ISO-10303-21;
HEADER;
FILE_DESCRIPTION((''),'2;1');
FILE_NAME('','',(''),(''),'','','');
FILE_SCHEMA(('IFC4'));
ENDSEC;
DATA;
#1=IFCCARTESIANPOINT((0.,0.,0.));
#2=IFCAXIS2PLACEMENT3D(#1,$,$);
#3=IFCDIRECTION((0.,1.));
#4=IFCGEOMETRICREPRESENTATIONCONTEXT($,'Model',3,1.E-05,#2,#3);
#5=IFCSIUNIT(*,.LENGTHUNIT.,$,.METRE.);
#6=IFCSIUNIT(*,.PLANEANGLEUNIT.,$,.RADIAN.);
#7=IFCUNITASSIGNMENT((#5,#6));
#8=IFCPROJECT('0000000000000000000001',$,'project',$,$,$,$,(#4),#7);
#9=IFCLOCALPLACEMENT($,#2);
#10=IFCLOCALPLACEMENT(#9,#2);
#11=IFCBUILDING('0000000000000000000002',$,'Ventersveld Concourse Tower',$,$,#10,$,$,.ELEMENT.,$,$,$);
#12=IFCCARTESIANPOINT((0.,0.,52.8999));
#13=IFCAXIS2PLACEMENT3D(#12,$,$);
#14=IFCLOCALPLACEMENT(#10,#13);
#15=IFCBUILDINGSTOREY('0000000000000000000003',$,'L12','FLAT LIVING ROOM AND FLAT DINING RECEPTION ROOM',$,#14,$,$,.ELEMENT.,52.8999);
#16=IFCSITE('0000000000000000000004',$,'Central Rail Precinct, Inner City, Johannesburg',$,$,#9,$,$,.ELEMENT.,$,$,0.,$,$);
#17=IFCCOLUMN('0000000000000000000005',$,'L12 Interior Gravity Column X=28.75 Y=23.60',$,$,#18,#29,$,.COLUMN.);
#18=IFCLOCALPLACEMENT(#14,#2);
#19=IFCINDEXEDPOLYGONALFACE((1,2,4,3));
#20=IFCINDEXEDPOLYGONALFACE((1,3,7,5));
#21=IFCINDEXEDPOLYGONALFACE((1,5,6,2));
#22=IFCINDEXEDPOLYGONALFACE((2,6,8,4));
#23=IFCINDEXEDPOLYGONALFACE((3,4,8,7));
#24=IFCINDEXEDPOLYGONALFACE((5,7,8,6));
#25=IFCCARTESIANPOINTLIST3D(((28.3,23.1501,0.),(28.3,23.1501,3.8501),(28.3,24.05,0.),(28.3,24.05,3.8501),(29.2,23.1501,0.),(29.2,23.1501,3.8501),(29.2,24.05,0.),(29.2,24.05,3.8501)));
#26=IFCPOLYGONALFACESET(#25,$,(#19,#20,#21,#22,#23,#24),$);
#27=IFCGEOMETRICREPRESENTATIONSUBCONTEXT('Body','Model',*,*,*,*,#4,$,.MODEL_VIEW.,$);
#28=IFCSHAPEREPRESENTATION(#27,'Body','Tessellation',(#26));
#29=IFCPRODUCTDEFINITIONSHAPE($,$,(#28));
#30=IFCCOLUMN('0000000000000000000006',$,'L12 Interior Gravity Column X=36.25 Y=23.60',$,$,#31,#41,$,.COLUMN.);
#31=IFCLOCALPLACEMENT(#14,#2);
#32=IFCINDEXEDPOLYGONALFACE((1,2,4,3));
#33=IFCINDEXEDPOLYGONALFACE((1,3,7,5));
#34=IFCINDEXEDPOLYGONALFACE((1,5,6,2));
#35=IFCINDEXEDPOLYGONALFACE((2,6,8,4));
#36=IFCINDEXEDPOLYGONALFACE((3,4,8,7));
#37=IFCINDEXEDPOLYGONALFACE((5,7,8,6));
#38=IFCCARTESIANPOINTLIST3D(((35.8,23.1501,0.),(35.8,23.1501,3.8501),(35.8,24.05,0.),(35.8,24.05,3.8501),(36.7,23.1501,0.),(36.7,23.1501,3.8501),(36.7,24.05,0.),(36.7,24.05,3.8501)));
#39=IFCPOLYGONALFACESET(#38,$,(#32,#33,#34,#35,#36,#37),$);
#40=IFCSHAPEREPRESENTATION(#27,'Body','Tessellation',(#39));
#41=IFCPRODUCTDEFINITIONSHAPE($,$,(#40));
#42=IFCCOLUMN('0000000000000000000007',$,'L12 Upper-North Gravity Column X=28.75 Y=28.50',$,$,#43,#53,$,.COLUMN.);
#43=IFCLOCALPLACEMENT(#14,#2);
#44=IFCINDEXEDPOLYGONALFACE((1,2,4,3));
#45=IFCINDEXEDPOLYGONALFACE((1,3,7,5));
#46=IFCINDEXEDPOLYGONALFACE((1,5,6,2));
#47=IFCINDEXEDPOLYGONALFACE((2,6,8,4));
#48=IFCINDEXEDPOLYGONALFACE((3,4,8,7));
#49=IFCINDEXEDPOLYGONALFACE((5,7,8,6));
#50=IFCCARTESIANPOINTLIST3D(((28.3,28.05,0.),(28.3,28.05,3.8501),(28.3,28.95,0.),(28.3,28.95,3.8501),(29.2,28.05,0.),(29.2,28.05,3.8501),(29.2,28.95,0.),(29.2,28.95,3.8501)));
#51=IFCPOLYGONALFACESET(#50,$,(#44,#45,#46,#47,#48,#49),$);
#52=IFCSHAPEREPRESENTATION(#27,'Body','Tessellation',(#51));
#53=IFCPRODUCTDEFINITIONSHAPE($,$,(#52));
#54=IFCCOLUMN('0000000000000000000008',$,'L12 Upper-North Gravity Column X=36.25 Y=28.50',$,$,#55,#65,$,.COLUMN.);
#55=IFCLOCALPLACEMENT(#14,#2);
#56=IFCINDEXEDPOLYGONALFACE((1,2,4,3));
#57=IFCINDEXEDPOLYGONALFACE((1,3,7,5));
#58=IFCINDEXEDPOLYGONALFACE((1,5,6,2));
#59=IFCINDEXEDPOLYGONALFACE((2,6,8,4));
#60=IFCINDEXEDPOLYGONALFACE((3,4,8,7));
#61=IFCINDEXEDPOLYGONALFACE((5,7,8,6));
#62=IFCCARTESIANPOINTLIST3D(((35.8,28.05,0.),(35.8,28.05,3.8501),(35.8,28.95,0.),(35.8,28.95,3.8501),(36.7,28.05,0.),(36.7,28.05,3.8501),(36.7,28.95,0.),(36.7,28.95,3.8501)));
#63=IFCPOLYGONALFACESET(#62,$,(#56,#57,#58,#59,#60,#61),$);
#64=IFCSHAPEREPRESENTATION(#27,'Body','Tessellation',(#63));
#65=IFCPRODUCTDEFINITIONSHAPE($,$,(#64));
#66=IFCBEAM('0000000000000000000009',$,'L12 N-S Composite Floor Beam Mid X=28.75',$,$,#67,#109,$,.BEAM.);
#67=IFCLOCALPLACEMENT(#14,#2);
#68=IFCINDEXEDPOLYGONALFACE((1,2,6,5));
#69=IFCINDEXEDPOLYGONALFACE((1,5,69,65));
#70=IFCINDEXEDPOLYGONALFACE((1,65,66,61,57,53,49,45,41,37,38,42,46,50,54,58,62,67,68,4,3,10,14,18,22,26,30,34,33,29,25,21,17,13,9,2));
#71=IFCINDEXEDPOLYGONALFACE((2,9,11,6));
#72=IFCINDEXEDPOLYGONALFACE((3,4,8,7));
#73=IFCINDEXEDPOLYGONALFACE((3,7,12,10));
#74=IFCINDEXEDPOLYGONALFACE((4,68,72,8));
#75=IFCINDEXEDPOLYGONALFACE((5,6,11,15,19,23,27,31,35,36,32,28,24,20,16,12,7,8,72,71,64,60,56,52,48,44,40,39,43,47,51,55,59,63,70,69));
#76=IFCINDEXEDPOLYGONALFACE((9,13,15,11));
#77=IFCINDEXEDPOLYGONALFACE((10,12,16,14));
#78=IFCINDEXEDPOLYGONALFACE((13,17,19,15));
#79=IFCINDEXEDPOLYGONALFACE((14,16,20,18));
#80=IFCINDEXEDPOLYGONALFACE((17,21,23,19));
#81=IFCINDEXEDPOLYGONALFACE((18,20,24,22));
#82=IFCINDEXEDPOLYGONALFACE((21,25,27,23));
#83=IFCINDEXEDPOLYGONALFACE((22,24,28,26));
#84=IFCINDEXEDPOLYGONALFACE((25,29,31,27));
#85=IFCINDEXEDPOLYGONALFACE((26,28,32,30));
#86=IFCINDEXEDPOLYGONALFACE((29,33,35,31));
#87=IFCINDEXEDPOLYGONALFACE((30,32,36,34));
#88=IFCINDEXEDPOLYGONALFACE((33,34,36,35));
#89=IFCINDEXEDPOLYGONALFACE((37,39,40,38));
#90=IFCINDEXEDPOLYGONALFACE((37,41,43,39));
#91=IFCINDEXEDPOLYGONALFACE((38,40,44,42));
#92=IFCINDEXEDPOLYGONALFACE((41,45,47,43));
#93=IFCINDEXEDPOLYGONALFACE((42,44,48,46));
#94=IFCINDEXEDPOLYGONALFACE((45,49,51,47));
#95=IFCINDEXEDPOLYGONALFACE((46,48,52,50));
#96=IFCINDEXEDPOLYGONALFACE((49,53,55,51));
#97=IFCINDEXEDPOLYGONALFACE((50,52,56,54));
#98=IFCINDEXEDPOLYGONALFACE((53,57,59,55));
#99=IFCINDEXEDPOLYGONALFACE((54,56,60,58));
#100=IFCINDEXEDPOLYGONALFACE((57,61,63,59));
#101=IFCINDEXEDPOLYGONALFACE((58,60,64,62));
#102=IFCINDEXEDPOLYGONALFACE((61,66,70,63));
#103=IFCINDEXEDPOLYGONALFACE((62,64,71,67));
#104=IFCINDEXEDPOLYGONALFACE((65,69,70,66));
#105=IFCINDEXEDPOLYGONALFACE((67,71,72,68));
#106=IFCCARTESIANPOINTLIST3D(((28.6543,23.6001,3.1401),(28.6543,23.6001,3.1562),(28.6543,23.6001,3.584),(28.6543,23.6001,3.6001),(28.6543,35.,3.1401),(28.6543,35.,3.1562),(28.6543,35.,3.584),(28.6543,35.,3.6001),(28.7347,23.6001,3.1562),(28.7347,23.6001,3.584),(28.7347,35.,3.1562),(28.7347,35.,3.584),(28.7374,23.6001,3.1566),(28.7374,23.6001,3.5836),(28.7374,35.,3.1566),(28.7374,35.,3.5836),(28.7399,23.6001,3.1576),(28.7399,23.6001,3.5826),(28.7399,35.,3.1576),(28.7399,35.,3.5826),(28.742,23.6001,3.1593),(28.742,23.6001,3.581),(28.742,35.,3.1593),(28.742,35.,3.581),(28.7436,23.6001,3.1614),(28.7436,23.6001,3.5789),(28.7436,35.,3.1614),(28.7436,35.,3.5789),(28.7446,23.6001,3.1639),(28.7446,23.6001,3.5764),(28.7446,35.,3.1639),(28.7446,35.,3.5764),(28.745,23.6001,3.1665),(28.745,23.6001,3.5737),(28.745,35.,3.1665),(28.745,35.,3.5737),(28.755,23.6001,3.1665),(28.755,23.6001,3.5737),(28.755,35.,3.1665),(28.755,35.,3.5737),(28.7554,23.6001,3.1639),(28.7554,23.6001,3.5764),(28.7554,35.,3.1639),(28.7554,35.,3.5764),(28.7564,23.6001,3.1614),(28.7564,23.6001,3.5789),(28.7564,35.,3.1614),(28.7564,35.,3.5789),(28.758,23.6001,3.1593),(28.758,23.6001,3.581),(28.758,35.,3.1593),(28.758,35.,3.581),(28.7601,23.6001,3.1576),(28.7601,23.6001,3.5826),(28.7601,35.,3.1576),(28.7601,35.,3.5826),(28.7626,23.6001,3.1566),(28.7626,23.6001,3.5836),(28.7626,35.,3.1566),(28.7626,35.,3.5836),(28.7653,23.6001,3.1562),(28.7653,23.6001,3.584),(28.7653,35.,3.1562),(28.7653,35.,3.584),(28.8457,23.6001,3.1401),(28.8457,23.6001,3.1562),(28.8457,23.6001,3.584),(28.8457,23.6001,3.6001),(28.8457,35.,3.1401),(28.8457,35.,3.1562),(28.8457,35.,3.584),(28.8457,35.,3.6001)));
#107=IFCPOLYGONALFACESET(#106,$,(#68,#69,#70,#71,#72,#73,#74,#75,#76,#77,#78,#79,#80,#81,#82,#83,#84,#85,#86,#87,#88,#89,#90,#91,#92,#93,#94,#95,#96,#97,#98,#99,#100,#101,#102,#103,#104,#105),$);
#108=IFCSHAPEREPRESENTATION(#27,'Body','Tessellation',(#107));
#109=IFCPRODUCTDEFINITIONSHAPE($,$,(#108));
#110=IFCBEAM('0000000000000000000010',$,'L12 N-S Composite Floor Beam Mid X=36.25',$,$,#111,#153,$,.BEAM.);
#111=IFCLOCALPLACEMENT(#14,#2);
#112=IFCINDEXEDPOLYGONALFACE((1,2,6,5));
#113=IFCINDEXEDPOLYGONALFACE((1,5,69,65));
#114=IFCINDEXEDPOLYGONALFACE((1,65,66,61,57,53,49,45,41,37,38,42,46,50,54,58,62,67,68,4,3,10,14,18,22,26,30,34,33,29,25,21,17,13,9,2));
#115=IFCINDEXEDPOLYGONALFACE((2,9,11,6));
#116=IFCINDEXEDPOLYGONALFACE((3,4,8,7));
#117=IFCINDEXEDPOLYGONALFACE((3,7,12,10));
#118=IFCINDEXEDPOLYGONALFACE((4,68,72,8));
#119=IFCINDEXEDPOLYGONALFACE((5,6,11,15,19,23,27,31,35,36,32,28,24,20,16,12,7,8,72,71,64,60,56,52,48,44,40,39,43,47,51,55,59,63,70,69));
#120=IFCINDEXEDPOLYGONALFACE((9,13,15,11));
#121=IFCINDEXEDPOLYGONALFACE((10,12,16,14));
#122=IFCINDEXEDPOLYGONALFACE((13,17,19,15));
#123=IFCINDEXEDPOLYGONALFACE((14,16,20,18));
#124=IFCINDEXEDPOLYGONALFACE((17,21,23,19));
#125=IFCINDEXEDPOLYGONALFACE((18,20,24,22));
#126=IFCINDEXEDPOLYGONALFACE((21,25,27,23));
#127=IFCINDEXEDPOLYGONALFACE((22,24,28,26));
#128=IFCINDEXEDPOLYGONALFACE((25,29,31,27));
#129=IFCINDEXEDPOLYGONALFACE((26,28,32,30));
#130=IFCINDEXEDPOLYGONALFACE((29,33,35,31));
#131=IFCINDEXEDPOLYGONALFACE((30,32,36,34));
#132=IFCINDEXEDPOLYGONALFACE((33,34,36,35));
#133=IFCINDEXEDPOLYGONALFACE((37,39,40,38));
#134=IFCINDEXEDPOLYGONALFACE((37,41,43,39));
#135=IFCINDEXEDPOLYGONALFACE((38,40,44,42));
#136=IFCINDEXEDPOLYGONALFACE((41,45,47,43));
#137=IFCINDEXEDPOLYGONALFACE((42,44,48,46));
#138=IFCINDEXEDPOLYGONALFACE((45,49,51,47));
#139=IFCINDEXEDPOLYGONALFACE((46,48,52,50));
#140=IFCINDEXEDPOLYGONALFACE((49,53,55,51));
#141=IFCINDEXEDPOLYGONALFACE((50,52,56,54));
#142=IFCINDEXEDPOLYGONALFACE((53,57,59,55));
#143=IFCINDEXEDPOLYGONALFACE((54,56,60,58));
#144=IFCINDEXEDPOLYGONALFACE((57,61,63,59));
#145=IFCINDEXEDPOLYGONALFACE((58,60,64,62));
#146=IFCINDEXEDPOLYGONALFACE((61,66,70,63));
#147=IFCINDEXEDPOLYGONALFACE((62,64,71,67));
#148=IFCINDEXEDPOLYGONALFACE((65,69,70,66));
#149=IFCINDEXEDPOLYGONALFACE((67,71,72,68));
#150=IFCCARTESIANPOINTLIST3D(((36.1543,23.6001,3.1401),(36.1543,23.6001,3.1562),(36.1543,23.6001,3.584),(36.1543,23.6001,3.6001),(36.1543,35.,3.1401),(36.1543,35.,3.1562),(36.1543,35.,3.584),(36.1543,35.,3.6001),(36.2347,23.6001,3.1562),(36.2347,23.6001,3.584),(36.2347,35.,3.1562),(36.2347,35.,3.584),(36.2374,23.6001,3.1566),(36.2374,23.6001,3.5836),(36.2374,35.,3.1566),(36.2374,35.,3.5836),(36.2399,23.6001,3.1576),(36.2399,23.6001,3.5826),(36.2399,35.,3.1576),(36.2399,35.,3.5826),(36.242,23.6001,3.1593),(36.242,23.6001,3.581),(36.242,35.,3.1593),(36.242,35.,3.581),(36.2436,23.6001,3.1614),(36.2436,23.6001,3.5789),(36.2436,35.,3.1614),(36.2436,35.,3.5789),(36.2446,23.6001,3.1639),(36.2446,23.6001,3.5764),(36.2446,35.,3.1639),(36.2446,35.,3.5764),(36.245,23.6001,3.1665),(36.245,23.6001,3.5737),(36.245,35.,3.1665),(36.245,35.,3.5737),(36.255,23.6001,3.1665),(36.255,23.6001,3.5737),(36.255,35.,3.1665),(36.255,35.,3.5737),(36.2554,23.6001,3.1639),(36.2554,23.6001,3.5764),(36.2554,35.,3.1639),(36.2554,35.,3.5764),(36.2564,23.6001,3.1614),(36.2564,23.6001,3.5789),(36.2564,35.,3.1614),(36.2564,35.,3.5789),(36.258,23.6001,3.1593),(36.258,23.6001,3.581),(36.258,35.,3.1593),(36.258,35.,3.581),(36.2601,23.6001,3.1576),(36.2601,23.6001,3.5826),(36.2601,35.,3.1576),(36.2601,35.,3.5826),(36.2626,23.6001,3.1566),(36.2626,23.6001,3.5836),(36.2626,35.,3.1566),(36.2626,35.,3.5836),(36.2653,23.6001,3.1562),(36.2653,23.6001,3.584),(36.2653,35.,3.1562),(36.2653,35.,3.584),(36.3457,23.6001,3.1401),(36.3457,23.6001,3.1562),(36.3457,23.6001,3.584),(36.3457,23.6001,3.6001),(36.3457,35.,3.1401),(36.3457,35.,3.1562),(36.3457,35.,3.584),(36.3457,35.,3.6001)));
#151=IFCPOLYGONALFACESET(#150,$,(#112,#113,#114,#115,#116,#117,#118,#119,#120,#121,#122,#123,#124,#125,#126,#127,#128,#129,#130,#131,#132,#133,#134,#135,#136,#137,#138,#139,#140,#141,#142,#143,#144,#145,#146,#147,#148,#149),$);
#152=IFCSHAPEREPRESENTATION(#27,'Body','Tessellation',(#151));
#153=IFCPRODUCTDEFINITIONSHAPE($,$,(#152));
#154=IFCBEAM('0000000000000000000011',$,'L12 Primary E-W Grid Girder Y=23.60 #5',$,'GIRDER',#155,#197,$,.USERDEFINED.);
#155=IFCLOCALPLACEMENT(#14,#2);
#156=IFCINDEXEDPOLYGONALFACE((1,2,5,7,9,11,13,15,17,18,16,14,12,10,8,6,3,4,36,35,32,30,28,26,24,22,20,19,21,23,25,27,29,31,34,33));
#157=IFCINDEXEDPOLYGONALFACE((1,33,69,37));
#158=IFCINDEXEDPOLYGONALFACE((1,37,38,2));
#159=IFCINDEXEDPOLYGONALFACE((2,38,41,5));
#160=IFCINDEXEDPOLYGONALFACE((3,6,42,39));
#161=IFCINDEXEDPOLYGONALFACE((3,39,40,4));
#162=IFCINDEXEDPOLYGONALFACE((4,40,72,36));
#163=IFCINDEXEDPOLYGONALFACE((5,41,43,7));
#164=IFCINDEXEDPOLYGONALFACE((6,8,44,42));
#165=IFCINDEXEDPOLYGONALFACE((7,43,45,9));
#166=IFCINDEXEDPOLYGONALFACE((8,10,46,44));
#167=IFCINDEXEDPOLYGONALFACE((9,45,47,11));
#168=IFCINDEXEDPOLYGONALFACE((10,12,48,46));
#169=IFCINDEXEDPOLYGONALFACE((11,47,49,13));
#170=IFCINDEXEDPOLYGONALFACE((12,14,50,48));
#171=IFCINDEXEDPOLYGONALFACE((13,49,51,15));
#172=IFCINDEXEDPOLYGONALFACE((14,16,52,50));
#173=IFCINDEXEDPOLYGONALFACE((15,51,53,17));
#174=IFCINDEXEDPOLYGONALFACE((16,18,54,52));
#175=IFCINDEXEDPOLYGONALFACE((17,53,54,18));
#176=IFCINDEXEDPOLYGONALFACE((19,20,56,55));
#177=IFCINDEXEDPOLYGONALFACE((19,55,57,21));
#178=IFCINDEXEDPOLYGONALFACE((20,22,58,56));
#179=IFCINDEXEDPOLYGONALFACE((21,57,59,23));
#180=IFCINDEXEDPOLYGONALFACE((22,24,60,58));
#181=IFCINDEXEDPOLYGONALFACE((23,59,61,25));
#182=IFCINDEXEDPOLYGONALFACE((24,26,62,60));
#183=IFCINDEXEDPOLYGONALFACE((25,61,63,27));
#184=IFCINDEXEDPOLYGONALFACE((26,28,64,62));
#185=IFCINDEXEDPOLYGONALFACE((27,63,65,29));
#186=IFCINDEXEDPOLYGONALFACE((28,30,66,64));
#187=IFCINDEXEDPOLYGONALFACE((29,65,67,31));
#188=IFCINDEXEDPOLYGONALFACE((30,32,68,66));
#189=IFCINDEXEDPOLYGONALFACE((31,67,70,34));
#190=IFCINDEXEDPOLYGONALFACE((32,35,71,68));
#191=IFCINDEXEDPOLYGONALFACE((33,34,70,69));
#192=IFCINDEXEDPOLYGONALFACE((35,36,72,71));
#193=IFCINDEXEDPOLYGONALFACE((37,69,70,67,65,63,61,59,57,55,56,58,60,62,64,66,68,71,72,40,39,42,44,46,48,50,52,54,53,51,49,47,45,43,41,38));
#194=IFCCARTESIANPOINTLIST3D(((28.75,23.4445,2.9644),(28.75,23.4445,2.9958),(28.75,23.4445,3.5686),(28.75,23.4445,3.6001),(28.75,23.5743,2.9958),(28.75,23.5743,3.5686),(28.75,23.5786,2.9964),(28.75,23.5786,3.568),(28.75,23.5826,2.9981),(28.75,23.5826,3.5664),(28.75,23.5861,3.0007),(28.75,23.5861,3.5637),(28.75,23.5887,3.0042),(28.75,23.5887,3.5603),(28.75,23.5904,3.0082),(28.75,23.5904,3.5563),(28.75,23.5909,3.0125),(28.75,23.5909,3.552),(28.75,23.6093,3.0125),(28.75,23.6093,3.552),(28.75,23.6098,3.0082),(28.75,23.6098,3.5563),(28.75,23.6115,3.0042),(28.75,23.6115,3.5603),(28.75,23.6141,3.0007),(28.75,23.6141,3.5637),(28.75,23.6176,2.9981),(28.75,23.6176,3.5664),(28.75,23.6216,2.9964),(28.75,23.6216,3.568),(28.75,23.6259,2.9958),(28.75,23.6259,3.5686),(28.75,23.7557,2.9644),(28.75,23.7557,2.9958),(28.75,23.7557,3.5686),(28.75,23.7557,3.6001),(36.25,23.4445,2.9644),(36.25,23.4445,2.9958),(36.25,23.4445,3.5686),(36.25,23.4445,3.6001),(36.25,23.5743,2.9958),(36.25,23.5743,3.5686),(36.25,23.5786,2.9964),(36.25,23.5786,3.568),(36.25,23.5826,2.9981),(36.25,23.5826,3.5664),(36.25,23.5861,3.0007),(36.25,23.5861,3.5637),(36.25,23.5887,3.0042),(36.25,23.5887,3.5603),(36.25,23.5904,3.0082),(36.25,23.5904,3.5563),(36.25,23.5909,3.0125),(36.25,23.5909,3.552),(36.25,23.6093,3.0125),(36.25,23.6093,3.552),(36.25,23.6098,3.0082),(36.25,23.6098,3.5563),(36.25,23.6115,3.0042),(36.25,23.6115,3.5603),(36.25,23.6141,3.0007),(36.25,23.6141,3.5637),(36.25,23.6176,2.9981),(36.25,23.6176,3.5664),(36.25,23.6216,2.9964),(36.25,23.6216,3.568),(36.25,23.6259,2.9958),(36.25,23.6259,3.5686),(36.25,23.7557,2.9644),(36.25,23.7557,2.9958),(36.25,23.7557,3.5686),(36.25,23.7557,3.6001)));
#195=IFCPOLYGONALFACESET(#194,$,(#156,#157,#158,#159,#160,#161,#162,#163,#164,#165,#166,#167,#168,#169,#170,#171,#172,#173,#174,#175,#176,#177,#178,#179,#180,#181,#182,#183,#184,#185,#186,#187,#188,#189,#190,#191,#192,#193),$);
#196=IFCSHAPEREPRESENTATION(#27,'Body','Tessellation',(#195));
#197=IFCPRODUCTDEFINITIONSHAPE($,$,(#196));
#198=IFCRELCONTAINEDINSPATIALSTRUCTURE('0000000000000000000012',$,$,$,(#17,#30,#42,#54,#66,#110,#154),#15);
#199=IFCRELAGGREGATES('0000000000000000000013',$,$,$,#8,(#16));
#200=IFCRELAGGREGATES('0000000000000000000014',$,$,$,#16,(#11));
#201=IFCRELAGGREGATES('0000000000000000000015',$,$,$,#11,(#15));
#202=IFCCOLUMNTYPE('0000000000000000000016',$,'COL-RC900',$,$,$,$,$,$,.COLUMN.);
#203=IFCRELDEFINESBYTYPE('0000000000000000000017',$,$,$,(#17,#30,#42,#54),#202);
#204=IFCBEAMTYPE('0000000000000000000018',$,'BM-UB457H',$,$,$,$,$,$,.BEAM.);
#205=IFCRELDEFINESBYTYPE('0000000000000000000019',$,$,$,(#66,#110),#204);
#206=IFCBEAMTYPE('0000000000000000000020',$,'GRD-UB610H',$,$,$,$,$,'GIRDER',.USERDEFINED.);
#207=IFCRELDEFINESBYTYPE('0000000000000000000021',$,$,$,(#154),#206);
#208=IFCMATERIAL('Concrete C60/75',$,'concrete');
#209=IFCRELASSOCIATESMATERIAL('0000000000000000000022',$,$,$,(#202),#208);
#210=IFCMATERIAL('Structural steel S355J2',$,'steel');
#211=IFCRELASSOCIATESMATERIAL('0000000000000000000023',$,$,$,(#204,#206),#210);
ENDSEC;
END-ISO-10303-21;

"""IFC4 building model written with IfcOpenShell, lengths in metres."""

from ifc_helpers import new_model, si_unit, direction, frame, origin, origin_2d, place, context, subcontext, project, spatial, rectangle, i_section, extrude, material, material_profile, profile_set, type_object, element, save


model = new_model("IFC4")

# Units and contexts
model_context = context("Model", 3, precision=1e-05, world=origin(), true_north=direction((0.0, 1.0)))
body_context = subcontext(model_context, "Body", "Model", "MODEL_VIEW")
ifc_project = project(units=[si_unit("LENGTHUNIT", "METRE"), si_unit("PLANEANGLEUNIT", "RADIAN")], contexts=[model_context])

# Site, building, storey
site_placement = place(None, origin())
site = spatial("IfcSite", under=ifc_project, at=site_placement, Name="Central Rail Precinct, Inner City, Johannesburg", CompositionType="ELEMENT", RefElevation=0.0)
building_placement = place(site_placement, origin())
building = spatial("IfcBuilding", under=site, at=building_placement, Name="Ventersveld Concourse Tower", CompositionType="ELEMENT")
storey_placement = place(building_placement, frame((0.0, 0.0, 52.8999)))
storey = spatial("IfcBuildingStorey", under=building, at=storey_placement, Name="L12", Description="FLAT LIVING ROOM AND FLAT DINING RECEPTION ROOM", CompositionType="ELEMENT", Elevation=52.8999)

# Columns
ifc_material_1 = material(Name="Concrete C60/75", Category="concrete")
ifc_material_profile_1 = material_profile(ifc_material_1, rectangle(XDim=0.8999, YDim=0.8999, at=origin_2d()), Name="RC 900x900")
ifc_profile_set_1 = profile_set([ifc_material_profile_1], Name="Concrete C60/75")
column_type = type_object("IfcColumnType", Name="COL-RC900", PredefinedType="COLUMN", material=ifc_profile_set_1)
for number, where, z_axis, x_axis, name in (
    (1, (28.75, 23.6001, 0.0), (0.0, 0.0, 1.0), (1.0, 0.0, 0.0), "L12 Interior Gravity Column X=28.75 Y=23.60"),
    (2, (36.25, 23.6001, 0.0), (0.0, 0.0, 1.0), (1.0, 0.0, 0.0), "L12 Interior Gravity Column X=36.25 Y=23.60"),
    (3, (28.75, 28.5, 0.0), (0.0, 0.0, 1.0), (1.0, 0.0, 0.0), "L12 Upper-North Gravity Column X=28.75 Y=28.50"),
    (4, (36.25, 28.5, 0.0), (0.0, 0.0, 1.0), (1.0, 0.0, 0.0), "L12 Upper-North Gravity Column X=36.25 Y=28.50"),
):
    element("IfcColumn", number, at=place(storey_placement, frame(where, z_axis=z_axis, x_axis=x_axis)), inside=storey, type_object=column_type, Name=name, PredefinedType="COLUMN", context=body_context, shape_type="SweptSolid", body=[
        extrude(rectangle(XDim=0.8999, YDim=0.8999, at=origin_2d()), origin(), (0.0, 0.0, 1.0), 3.8501),
    ])

# Beams
ifc_material_2 = material(Name="Structural steel S355J2", Category="steel")
ifc_material_profile_2 = material_profile(ifc_material_2, i_section(OverallWidth=0.1914, OverallDepth=0.46, WebThickness=0.01, FlangeThickness=0.0161, FilletRadius=0.0103, at=origin_2d()), Name="UB 457x191x82")
ifc_profile_set_2 = profile_set([ifc_material_profile_2], Name="Structural steel S355J2")
beam_type_1 = type_object("IfcBeamType", Name="BM-UB457H", PredefinedType="BEAM", material=ifc_profile_set_2)
for number, where, z_axis, x_axis, name in (
    (5, (28.75, 23.6001, 3.3701), (0.0, 1.0, 0.0), (-1.0, 0.0, 0.0), "L12 N-S Composite Floor Beam Mid X=28.75"),
    (6, (36.25, 23.6001, 3.3701), (0.0, 1.0, 0.0), (-1.0, 0.0, 0.0), "L12 N-S Composite Floor Beam Mid X=36.25"),
):
    element("IfcBeam", number, at=place(storey_placement, frame(where, z_axis=z_axis, x_axis=x_axis)), inside=storey, type_object=beam_type_1, Name=name, PredefinedType="BEAM", context=body_context, shape_type="SweptSolid", body=[
        extrude(i_section(OverallWidth=0.1914, OverallDepth=0.46, WebThickness=0.01, FlangeThickness=0.0161, FilletRadius=0.0103, at=origin_2d()), origin(), (0.0, 0.0, 1.0), 11.3999),
    ])
ifc_material_profile_3 = material_profile(ifc_material_2, i_section(OverallWidth=0.3113, OverallDepth=0.6357, WebThickness=0.0183, FlangeThickness=0.0315, FilletRadius=0.0166, at=origin_2d()), Name="UB 610x305x238")
ifc_profile_set_3 = profile_set([ifc_material_profile_3], Name="Structural steel S355J2")
beam_type_2 = type_object("IfcBeamType", Name="GRD-UB610H", ElementType="GIRDER", PredefinedType="USERDEFINED", material=ifc_profile_set_3)
for number, where, z_axis, x_axis, name in (
    (7, (28.75, 23.6001, 3.2822), (1.0, 0.0, 0.0), (0.0, 1.0, 0.0), "L12 Primary E-W Grid Girder Y=23.60 #5"),
):
    element("IfcBeam", number, at=place(storey_placement, frame(where, z_axis=z_axis, x_axis=x_axis)), inside=storey, type_object=beam_type_2, Name=name, ObjectType="GIRDER", PredefinedType="USERDEFINED", context=body_context, shape_type="SweptSolid", body=[
        extrude(i_section(OverallWidth=0.3113, OverallDepth=0.6357, WebThickness=0.0183, FlangeThickness=0.0315, FilletRadius=0.0166, at=origin_2d()), origin(), (0.0, 0.0, 1.0), 7.5),
    ])

save(model, "model.ifc")
